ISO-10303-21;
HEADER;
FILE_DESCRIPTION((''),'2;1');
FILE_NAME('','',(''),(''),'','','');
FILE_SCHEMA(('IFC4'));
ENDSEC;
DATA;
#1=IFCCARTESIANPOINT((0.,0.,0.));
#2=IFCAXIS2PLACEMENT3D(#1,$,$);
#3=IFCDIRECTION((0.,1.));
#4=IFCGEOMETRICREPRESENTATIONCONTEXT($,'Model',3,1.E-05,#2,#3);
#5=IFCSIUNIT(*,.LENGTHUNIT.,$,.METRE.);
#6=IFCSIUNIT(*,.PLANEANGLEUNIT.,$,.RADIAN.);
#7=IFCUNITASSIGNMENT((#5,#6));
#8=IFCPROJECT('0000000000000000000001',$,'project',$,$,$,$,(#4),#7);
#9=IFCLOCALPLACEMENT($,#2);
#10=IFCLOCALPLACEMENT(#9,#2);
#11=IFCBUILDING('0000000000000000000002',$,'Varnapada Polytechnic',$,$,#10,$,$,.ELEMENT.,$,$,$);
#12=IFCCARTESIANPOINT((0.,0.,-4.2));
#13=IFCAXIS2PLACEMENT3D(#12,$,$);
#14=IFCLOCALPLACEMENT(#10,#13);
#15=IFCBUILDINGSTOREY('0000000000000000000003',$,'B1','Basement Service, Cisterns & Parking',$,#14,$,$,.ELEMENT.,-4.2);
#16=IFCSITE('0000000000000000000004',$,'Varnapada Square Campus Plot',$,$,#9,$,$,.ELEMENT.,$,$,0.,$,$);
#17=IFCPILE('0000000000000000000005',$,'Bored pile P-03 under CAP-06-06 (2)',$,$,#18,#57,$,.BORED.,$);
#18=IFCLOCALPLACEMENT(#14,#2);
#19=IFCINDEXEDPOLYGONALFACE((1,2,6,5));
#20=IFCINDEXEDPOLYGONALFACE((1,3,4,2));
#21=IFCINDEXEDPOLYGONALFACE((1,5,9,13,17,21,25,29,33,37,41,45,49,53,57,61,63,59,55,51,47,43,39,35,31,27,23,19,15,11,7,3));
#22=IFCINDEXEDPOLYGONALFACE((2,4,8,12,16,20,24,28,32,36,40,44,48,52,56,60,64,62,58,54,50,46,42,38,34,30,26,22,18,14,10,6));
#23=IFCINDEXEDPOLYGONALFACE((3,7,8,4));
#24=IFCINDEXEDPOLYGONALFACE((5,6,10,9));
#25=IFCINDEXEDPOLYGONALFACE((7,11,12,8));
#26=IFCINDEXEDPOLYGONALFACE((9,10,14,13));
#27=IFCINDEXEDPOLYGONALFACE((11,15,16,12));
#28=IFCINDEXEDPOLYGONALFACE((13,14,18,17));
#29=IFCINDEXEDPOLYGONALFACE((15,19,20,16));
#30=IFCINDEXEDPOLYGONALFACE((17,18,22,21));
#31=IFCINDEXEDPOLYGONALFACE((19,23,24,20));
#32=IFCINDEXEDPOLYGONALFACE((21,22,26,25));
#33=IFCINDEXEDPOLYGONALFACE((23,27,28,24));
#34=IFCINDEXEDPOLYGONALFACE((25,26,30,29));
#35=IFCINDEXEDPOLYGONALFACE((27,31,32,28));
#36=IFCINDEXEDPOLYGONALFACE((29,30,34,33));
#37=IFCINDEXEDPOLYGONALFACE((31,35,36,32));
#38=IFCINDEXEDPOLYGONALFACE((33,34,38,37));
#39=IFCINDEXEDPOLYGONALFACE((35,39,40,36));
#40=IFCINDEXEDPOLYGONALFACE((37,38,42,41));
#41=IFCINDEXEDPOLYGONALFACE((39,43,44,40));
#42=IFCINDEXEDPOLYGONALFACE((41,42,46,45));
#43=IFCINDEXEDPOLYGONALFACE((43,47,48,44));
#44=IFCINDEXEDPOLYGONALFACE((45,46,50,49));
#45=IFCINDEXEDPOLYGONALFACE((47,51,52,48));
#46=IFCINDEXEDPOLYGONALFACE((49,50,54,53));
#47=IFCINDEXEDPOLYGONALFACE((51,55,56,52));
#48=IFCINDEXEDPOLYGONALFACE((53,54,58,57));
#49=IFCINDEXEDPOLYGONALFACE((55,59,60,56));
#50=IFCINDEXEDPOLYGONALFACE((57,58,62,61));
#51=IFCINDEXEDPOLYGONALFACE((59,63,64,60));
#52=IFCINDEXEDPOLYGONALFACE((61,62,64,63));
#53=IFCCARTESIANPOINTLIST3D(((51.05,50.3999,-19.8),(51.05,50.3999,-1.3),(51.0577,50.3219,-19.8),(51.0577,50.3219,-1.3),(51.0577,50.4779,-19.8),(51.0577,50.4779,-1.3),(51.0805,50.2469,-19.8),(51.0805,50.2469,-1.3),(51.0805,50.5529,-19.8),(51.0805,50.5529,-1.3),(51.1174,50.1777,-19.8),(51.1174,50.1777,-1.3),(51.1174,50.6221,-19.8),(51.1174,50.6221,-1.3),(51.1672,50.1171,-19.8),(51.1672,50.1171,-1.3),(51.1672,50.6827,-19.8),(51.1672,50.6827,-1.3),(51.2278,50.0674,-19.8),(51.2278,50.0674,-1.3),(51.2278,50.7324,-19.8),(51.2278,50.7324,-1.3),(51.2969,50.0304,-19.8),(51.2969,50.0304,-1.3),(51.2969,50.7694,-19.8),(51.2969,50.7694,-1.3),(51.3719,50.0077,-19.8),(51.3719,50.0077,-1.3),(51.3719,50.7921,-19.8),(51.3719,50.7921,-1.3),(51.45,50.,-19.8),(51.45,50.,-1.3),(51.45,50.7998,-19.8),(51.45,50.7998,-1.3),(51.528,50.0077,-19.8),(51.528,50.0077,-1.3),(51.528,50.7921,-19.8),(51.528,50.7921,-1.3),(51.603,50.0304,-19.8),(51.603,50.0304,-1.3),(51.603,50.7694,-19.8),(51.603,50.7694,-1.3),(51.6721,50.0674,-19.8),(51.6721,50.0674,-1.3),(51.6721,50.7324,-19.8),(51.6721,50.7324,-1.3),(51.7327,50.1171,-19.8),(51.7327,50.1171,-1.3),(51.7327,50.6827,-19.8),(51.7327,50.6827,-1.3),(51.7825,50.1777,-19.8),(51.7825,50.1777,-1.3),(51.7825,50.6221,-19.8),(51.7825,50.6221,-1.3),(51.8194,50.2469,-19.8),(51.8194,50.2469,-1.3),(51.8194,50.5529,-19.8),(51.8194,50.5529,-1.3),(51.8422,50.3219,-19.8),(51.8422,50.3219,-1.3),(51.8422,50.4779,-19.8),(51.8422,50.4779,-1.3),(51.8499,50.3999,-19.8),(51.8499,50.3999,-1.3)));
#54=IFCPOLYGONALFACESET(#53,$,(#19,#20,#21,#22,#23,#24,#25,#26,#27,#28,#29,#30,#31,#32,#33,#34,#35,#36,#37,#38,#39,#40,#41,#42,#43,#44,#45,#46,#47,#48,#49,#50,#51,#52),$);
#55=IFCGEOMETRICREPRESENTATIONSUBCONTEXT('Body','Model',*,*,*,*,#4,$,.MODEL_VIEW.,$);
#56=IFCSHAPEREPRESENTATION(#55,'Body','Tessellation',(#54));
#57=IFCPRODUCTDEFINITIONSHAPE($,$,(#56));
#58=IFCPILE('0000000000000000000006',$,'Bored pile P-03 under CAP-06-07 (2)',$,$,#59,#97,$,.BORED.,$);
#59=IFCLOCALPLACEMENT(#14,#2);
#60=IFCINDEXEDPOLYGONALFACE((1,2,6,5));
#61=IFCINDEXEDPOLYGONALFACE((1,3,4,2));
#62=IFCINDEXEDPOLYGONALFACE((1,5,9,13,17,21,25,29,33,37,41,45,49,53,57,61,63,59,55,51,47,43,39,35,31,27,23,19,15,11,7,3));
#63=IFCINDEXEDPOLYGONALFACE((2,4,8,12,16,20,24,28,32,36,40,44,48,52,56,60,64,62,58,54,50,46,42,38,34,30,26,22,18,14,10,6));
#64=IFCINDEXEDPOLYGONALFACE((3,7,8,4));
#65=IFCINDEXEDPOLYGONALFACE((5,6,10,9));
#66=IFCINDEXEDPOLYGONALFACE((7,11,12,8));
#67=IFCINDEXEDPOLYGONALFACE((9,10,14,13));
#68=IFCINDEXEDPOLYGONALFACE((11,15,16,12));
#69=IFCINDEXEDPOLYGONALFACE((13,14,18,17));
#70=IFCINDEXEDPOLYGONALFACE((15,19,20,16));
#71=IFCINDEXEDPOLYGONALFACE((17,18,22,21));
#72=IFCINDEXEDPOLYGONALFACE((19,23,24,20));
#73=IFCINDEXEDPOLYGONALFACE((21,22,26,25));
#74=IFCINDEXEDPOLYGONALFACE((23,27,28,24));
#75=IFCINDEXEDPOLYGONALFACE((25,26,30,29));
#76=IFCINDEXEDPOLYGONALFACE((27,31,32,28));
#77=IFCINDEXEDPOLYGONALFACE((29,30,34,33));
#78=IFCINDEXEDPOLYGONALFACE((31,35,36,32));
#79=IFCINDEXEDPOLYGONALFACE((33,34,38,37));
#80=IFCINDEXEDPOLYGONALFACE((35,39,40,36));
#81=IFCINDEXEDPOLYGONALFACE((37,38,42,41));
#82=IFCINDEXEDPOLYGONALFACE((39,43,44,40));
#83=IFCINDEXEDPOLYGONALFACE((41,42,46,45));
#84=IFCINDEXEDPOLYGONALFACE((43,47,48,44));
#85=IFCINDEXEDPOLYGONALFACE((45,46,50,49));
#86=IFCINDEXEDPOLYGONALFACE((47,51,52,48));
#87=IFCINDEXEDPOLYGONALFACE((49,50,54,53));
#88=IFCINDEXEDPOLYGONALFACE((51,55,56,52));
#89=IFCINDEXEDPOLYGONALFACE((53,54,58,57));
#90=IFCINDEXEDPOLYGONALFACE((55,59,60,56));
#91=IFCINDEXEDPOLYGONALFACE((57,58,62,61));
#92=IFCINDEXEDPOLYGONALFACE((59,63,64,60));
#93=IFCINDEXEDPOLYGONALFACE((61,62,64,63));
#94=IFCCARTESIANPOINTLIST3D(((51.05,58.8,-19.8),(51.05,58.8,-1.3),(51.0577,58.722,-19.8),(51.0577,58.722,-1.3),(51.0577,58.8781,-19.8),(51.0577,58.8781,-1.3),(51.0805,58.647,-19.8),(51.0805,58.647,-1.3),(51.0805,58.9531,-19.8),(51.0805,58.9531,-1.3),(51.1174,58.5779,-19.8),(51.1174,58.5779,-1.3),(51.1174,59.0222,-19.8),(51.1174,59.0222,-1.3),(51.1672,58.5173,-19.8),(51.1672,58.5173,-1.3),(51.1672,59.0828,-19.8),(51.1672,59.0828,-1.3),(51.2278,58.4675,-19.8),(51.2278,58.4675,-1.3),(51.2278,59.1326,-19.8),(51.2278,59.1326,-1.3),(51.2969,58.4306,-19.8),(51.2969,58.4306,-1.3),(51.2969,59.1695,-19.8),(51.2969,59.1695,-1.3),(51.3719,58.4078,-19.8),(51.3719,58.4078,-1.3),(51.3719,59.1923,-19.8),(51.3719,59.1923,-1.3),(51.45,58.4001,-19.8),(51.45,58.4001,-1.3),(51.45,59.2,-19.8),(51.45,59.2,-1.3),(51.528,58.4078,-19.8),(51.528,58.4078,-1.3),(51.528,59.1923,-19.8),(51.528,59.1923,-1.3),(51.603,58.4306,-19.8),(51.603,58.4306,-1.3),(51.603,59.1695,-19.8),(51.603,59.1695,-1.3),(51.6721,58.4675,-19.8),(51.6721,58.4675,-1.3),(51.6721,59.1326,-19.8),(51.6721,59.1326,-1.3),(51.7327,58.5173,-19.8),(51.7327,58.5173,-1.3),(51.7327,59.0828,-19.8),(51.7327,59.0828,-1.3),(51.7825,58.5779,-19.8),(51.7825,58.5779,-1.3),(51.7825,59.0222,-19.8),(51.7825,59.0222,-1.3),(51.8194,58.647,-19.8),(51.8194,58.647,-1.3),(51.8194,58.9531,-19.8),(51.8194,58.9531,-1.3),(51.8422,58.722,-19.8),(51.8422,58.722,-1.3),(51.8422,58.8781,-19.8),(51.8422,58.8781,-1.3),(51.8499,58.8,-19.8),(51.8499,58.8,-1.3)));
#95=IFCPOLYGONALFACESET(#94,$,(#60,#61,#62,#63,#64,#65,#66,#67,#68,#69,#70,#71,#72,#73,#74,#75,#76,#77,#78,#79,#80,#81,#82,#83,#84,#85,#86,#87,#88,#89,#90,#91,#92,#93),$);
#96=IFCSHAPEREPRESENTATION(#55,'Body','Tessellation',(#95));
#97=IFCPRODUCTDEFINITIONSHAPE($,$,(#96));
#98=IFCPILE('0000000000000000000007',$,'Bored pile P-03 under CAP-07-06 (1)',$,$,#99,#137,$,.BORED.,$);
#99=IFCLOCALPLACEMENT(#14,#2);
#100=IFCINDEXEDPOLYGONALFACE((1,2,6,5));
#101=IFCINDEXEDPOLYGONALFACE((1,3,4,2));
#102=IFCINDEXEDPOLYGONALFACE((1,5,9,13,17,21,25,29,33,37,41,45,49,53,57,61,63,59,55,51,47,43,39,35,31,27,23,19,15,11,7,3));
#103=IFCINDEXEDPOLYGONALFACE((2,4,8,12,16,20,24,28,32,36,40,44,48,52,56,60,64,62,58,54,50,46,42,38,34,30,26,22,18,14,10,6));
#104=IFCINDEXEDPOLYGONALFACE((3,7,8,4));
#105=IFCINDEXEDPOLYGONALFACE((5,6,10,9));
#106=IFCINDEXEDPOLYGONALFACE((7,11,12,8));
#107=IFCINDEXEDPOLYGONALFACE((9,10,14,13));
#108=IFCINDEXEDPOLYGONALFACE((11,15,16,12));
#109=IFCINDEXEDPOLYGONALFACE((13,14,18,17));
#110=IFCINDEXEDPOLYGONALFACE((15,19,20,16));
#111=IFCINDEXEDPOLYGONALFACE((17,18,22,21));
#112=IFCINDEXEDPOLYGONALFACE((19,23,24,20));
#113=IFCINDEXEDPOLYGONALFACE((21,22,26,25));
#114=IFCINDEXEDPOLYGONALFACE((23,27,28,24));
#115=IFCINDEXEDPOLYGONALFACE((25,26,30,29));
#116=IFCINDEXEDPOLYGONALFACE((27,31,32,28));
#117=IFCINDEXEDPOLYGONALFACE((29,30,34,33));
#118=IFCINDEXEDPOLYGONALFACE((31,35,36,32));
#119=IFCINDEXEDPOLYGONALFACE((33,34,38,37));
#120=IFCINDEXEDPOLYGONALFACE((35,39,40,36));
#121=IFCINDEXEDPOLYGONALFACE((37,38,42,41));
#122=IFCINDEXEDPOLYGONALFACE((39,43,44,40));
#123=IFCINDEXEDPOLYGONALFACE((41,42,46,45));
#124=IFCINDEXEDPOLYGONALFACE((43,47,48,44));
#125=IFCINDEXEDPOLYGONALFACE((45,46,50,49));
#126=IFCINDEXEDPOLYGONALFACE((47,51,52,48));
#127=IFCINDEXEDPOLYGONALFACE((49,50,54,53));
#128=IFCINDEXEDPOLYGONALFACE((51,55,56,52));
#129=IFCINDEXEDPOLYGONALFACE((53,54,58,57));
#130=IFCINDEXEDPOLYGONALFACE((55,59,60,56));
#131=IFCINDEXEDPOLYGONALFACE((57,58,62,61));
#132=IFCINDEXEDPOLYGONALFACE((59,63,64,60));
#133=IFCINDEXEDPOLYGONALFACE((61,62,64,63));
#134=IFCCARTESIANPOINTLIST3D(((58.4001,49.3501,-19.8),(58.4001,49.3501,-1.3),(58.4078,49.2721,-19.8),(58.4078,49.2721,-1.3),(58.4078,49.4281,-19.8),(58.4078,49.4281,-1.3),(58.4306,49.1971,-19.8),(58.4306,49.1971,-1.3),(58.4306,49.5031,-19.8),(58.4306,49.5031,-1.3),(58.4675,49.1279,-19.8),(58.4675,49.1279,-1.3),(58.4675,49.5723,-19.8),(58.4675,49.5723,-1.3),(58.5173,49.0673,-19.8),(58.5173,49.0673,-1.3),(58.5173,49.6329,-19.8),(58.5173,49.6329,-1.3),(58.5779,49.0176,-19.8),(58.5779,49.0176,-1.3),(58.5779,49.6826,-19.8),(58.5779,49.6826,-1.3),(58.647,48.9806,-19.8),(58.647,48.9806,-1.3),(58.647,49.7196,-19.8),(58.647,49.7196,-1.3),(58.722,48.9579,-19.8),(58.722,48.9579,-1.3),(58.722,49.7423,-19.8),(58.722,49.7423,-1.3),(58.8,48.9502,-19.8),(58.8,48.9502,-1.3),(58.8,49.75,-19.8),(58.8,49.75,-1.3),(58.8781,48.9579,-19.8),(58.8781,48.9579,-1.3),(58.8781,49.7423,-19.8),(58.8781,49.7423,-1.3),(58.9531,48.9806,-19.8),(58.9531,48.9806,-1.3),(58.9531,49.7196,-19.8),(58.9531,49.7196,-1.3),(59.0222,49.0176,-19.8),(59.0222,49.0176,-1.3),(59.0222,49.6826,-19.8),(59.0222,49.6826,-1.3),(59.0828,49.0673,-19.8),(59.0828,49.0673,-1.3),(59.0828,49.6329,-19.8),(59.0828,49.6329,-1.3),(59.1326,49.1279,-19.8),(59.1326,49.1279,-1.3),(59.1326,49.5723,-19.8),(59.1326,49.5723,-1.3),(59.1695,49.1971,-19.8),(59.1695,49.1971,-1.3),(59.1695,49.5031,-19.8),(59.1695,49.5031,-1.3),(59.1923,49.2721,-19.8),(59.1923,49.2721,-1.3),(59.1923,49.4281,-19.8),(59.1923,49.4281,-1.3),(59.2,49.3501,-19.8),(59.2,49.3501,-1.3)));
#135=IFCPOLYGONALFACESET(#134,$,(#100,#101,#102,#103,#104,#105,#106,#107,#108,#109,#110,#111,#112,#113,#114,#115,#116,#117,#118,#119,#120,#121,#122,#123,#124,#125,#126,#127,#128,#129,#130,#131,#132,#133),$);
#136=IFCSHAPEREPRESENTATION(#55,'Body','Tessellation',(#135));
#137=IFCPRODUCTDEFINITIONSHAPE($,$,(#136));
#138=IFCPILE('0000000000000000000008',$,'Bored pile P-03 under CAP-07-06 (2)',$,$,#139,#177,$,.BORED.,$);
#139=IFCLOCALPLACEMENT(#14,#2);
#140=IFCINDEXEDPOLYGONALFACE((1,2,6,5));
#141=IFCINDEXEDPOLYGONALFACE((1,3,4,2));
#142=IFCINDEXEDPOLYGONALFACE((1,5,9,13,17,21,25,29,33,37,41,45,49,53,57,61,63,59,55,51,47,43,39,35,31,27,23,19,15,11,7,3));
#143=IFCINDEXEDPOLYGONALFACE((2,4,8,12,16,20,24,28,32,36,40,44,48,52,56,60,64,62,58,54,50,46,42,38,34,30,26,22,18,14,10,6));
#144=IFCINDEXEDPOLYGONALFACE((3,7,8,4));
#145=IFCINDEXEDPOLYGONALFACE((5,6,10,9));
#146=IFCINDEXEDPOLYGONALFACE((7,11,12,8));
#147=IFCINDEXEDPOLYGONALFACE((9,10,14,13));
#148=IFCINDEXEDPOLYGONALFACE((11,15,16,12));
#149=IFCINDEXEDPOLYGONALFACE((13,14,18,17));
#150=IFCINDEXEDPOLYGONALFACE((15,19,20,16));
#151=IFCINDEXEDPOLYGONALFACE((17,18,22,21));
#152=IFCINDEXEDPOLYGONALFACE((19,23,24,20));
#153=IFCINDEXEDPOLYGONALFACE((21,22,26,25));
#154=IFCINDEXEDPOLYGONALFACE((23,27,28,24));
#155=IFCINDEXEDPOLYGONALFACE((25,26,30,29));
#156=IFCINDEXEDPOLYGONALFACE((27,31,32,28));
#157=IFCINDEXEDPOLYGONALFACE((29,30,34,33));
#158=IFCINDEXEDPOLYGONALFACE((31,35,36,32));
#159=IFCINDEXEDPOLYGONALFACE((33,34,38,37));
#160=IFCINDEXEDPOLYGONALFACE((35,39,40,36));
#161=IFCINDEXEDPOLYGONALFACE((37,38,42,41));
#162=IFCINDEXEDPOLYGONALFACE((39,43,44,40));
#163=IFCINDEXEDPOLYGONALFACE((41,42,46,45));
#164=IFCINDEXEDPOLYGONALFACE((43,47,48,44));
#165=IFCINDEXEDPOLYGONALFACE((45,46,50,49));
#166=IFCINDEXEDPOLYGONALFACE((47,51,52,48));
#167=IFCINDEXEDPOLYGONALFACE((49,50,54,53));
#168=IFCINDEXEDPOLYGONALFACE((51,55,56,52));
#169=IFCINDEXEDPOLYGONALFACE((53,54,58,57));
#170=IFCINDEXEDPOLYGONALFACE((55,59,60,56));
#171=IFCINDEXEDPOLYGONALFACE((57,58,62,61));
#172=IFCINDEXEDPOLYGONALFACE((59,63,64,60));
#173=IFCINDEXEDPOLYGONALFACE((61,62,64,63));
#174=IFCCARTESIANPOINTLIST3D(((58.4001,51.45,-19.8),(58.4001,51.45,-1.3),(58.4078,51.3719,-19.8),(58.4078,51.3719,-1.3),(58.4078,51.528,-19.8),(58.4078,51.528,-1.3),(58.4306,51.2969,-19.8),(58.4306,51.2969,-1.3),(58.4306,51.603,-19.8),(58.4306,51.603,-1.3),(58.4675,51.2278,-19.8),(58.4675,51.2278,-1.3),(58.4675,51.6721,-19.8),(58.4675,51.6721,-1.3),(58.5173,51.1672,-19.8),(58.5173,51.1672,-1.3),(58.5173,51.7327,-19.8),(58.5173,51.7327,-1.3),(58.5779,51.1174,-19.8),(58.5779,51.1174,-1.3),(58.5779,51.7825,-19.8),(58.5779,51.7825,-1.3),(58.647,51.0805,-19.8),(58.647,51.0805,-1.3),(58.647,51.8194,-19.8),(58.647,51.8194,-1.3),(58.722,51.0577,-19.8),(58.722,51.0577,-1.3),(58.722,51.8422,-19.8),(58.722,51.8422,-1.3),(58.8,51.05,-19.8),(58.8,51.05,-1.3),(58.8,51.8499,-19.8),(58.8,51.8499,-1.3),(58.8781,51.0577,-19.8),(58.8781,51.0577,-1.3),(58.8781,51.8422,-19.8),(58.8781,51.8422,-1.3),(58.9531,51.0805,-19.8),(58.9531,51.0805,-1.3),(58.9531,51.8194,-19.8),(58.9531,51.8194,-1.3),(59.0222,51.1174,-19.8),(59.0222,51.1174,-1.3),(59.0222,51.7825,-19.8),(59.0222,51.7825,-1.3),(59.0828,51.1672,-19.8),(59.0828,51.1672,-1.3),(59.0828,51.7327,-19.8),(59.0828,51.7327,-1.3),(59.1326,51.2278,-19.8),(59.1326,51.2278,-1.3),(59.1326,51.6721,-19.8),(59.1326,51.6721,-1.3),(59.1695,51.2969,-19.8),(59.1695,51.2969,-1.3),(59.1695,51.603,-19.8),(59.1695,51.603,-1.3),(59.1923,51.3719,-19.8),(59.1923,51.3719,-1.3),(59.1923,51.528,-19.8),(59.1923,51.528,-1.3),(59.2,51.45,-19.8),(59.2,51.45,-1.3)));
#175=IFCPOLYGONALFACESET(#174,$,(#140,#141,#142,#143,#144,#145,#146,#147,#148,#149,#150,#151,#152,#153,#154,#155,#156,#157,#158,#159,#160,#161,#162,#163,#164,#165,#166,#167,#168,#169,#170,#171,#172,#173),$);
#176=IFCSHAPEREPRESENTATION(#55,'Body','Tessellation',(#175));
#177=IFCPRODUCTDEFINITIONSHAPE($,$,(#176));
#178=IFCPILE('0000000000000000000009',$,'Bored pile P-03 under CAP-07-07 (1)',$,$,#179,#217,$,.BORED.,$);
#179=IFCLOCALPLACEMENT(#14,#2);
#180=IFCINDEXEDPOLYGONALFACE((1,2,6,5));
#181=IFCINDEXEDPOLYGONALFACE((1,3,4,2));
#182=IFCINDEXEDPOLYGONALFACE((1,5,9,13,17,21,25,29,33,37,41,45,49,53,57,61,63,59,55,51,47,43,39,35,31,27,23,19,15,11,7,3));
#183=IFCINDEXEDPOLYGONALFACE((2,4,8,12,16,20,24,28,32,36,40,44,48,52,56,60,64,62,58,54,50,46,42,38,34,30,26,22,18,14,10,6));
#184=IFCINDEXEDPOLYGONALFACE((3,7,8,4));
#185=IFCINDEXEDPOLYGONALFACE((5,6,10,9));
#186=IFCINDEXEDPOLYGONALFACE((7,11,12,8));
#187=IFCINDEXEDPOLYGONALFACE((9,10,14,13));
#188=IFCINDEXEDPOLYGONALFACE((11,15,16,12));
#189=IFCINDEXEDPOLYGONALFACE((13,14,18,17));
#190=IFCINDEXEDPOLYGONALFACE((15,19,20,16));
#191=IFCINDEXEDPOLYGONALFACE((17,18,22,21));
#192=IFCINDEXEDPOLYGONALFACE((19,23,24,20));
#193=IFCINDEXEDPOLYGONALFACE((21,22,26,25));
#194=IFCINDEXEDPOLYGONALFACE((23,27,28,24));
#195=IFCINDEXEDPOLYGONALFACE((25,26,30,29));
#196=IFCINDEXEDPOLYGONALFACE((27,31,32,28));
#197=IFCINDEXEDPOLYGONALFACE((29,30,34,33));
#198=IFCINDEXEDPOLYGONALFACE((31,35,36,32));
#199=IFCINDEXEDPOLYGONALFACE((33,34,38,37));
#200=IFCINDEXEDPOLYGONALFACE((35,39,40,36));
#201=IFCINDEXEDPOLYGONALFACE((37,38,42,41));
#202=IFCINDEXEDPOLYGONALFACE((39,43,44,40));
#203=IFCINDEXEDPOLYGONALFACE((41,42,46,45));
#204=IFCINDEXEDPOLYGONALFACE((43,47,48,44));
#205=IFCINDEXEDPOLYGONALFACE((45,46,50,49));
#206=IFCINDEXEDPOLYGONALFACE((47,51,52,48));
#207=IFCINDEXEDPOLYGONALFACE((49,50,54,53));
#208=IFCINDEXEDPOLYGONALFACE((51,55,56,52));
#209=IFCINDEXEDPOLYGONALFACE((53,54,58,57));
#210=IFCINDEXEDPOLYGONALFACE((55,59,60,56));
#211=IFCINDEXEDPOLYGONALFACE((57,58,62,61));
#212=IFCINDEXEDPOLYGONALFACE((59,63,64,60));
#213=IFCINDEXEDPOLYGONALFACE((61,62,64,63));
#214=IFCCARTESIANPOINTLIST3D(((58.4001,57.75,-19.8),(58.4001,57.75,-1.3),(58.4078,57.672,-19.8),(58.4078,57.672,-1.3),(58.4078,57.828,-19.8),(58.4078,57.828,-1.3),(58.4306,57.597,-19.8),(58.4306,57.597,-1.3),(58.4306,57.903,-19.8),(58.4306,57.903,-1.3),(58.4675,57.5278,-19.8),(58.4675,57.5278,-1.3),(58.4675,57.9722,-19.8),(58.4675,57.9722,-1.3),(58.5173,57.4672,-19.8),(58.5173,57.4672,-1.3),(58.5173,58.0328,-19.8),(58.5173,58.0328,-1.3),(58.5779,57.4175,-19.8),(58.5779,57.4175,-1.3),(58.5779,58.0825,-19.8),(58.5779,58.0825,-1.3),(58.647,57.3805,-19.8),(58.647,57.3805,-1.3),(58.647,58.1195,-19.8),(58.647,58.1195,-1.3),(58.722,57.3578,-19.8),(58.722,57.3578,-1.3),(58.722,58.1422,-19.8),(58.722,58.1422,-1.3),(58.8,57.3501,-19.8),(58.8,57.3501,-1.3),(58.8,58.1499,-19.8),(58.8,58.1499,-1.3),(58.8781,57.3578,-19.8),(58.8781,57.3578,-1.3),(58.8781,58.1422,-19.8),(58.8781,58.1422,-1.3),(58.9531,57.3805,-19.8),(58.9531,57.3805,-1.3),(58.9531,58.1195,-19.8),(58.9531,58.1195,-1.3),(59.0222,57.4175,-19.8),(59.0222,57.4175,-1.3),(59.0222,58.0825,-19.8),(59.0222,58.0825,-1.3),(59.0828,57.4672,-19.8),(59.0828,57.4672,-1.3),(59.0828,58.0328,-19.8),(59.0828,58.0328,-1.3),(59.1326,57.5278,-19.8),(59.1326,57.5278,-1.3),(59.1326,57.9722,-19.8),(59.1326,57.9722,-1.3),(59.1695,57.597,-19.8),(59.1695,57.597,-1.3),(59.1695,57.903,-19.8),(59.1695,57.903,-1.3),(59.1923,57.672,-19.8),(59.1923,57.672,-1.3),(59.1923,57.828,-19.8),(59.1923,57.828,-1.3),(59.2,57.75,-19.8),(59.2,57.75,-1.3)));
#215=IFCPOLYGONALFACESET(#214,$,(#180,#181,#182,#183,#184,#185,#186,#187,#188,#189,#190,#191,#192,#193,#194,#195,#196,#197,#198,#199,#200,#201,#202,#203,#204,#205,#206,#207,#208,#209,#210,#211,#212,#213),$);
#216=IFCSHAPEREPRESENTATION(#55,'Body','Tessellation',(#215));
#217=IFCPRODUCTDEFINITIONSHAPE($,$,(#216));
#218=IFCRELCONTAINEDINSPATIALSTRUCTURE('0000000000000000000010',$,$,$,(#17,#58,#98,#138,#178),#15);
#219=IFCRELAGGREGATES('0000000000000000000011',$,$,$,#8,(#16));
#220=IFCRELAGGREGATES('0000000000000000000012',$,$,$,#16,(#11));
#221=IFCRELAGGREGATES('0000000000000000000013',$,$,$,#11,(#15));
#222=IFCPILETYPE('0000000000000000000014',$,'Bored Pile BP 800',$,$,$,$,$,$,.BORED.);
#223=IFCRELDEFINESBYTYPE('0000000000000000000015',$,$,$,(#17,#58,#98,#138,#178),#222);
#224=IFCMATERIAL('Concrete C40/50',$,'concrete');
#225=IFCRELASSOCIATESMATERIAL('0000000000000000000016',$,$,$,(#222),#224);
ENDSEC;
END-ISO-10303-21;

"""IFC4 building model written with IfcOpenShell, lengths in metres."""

from ifc_helpers import new_model, si_unit, direction, frame, origin, origin_2d, place, context, subcontext, project, spatial, circle, extrude, material, material_profile, profile_set, type_object, element, save


model = new_model("IFC4")

# Units and contexts
model_context = context("Model", 3, precision=1e-05, world=origin(), true_north=direction((0.0, 1.0)))
body_context = subcontext(model_context, "Body", "Model", "MODEL_VIEW")
ifc_project = project(units=[si_unit("LENGTHUNIT", "METRE"), si_unit("PLANEANGLEUNIT", "RADIAN")], contexts=[model_context])

# Site, building, storey
site_placement = place(None, origin())
site = spatial("IfcSite", under=ifc_project, at=site_placement, Name="Varnapada Square Campus Plot", CompositionType="ELEMENT", RefElevation=0.0)
building_placement = place(site_placement, origin())
building = spatial("IfcBuilding", under=site, at=building_placement, Name="Varnapada Polytechnic", CompositionType="ELEMENT")
storey_placement = place(building_placement, frame((0.0, 0.0, -4.2)))
storey = spatial("IfcBuildingStorey", under=building, at=storey_placement, Name="B1", Description="Basement Service, Cisterns & Parking", CompositionType="ELEMENT", Elevation=-4.2)

# Piles
ifc_material_1 = material(Name="Concrete C40/50", Category="concrete")
ifc_material_profile_1 = material_profile(ifc_material_1, circle(Radius=0.3999, at=origin_2d()), Name="BP 800")
ifc_profile_set_1 = profile_set([ifc_material_profile_1], Name="Concrete C40/50")
pile_type = type_object("IfcPileType", Name="Bored Pile BP 800", PredefinedType="BORED", material=ifc_profile_set_1)
for number, where, z_axis, x_axis, name in (
    (1, (51.45, 50.3999, -1.3), (0.0, 0.0, -1.0), (1.0, 0.0, 0.0), "Bored pile P-03 under CAP-06-06 (2)"),
    (2, (51.45, 58.8, -1.3), (0.0, 0.0, -1.0), (1.0, 0.0, 0.0), "Bored pile P-03 under CAP-06-07 (2)"),
    (3, (58.8, 49.3501, -1.3), (0.0, 0.0, -1.0), (1.0, 0.0, 0.0), "Bored pile P-03 under CAP-07-06 (1)"),
    (4, (58.8, 51.45, -1.3), (0.0, 0.0, -1.0), (1.0, 0.0, 0.0), "Bored pile P-03 under CAP-07-06 (2)"),
    (5, (58.8, 57.75, -1.3), (0.0, 0.0, -1.0), (1.0, 0.0, 0.0), "Bored pile P-03 under CAP-07-07 (1)"),
):
    element("IfcPile", number, at=place(storey_placement, frame(where, z_axis=z_axis, x_axis=x_axis)), inside=storey, type_object=pile_type, Name=name, PredefinedType="BORED", context=body_context, shape_type="SweptSolid", body=[
        extrude(circle(Radius=0.3999, at=origin_2d()), origin(), (0.0, 0.0, 1.0), 18.5),
    ])

save(model, "model.ifc")
